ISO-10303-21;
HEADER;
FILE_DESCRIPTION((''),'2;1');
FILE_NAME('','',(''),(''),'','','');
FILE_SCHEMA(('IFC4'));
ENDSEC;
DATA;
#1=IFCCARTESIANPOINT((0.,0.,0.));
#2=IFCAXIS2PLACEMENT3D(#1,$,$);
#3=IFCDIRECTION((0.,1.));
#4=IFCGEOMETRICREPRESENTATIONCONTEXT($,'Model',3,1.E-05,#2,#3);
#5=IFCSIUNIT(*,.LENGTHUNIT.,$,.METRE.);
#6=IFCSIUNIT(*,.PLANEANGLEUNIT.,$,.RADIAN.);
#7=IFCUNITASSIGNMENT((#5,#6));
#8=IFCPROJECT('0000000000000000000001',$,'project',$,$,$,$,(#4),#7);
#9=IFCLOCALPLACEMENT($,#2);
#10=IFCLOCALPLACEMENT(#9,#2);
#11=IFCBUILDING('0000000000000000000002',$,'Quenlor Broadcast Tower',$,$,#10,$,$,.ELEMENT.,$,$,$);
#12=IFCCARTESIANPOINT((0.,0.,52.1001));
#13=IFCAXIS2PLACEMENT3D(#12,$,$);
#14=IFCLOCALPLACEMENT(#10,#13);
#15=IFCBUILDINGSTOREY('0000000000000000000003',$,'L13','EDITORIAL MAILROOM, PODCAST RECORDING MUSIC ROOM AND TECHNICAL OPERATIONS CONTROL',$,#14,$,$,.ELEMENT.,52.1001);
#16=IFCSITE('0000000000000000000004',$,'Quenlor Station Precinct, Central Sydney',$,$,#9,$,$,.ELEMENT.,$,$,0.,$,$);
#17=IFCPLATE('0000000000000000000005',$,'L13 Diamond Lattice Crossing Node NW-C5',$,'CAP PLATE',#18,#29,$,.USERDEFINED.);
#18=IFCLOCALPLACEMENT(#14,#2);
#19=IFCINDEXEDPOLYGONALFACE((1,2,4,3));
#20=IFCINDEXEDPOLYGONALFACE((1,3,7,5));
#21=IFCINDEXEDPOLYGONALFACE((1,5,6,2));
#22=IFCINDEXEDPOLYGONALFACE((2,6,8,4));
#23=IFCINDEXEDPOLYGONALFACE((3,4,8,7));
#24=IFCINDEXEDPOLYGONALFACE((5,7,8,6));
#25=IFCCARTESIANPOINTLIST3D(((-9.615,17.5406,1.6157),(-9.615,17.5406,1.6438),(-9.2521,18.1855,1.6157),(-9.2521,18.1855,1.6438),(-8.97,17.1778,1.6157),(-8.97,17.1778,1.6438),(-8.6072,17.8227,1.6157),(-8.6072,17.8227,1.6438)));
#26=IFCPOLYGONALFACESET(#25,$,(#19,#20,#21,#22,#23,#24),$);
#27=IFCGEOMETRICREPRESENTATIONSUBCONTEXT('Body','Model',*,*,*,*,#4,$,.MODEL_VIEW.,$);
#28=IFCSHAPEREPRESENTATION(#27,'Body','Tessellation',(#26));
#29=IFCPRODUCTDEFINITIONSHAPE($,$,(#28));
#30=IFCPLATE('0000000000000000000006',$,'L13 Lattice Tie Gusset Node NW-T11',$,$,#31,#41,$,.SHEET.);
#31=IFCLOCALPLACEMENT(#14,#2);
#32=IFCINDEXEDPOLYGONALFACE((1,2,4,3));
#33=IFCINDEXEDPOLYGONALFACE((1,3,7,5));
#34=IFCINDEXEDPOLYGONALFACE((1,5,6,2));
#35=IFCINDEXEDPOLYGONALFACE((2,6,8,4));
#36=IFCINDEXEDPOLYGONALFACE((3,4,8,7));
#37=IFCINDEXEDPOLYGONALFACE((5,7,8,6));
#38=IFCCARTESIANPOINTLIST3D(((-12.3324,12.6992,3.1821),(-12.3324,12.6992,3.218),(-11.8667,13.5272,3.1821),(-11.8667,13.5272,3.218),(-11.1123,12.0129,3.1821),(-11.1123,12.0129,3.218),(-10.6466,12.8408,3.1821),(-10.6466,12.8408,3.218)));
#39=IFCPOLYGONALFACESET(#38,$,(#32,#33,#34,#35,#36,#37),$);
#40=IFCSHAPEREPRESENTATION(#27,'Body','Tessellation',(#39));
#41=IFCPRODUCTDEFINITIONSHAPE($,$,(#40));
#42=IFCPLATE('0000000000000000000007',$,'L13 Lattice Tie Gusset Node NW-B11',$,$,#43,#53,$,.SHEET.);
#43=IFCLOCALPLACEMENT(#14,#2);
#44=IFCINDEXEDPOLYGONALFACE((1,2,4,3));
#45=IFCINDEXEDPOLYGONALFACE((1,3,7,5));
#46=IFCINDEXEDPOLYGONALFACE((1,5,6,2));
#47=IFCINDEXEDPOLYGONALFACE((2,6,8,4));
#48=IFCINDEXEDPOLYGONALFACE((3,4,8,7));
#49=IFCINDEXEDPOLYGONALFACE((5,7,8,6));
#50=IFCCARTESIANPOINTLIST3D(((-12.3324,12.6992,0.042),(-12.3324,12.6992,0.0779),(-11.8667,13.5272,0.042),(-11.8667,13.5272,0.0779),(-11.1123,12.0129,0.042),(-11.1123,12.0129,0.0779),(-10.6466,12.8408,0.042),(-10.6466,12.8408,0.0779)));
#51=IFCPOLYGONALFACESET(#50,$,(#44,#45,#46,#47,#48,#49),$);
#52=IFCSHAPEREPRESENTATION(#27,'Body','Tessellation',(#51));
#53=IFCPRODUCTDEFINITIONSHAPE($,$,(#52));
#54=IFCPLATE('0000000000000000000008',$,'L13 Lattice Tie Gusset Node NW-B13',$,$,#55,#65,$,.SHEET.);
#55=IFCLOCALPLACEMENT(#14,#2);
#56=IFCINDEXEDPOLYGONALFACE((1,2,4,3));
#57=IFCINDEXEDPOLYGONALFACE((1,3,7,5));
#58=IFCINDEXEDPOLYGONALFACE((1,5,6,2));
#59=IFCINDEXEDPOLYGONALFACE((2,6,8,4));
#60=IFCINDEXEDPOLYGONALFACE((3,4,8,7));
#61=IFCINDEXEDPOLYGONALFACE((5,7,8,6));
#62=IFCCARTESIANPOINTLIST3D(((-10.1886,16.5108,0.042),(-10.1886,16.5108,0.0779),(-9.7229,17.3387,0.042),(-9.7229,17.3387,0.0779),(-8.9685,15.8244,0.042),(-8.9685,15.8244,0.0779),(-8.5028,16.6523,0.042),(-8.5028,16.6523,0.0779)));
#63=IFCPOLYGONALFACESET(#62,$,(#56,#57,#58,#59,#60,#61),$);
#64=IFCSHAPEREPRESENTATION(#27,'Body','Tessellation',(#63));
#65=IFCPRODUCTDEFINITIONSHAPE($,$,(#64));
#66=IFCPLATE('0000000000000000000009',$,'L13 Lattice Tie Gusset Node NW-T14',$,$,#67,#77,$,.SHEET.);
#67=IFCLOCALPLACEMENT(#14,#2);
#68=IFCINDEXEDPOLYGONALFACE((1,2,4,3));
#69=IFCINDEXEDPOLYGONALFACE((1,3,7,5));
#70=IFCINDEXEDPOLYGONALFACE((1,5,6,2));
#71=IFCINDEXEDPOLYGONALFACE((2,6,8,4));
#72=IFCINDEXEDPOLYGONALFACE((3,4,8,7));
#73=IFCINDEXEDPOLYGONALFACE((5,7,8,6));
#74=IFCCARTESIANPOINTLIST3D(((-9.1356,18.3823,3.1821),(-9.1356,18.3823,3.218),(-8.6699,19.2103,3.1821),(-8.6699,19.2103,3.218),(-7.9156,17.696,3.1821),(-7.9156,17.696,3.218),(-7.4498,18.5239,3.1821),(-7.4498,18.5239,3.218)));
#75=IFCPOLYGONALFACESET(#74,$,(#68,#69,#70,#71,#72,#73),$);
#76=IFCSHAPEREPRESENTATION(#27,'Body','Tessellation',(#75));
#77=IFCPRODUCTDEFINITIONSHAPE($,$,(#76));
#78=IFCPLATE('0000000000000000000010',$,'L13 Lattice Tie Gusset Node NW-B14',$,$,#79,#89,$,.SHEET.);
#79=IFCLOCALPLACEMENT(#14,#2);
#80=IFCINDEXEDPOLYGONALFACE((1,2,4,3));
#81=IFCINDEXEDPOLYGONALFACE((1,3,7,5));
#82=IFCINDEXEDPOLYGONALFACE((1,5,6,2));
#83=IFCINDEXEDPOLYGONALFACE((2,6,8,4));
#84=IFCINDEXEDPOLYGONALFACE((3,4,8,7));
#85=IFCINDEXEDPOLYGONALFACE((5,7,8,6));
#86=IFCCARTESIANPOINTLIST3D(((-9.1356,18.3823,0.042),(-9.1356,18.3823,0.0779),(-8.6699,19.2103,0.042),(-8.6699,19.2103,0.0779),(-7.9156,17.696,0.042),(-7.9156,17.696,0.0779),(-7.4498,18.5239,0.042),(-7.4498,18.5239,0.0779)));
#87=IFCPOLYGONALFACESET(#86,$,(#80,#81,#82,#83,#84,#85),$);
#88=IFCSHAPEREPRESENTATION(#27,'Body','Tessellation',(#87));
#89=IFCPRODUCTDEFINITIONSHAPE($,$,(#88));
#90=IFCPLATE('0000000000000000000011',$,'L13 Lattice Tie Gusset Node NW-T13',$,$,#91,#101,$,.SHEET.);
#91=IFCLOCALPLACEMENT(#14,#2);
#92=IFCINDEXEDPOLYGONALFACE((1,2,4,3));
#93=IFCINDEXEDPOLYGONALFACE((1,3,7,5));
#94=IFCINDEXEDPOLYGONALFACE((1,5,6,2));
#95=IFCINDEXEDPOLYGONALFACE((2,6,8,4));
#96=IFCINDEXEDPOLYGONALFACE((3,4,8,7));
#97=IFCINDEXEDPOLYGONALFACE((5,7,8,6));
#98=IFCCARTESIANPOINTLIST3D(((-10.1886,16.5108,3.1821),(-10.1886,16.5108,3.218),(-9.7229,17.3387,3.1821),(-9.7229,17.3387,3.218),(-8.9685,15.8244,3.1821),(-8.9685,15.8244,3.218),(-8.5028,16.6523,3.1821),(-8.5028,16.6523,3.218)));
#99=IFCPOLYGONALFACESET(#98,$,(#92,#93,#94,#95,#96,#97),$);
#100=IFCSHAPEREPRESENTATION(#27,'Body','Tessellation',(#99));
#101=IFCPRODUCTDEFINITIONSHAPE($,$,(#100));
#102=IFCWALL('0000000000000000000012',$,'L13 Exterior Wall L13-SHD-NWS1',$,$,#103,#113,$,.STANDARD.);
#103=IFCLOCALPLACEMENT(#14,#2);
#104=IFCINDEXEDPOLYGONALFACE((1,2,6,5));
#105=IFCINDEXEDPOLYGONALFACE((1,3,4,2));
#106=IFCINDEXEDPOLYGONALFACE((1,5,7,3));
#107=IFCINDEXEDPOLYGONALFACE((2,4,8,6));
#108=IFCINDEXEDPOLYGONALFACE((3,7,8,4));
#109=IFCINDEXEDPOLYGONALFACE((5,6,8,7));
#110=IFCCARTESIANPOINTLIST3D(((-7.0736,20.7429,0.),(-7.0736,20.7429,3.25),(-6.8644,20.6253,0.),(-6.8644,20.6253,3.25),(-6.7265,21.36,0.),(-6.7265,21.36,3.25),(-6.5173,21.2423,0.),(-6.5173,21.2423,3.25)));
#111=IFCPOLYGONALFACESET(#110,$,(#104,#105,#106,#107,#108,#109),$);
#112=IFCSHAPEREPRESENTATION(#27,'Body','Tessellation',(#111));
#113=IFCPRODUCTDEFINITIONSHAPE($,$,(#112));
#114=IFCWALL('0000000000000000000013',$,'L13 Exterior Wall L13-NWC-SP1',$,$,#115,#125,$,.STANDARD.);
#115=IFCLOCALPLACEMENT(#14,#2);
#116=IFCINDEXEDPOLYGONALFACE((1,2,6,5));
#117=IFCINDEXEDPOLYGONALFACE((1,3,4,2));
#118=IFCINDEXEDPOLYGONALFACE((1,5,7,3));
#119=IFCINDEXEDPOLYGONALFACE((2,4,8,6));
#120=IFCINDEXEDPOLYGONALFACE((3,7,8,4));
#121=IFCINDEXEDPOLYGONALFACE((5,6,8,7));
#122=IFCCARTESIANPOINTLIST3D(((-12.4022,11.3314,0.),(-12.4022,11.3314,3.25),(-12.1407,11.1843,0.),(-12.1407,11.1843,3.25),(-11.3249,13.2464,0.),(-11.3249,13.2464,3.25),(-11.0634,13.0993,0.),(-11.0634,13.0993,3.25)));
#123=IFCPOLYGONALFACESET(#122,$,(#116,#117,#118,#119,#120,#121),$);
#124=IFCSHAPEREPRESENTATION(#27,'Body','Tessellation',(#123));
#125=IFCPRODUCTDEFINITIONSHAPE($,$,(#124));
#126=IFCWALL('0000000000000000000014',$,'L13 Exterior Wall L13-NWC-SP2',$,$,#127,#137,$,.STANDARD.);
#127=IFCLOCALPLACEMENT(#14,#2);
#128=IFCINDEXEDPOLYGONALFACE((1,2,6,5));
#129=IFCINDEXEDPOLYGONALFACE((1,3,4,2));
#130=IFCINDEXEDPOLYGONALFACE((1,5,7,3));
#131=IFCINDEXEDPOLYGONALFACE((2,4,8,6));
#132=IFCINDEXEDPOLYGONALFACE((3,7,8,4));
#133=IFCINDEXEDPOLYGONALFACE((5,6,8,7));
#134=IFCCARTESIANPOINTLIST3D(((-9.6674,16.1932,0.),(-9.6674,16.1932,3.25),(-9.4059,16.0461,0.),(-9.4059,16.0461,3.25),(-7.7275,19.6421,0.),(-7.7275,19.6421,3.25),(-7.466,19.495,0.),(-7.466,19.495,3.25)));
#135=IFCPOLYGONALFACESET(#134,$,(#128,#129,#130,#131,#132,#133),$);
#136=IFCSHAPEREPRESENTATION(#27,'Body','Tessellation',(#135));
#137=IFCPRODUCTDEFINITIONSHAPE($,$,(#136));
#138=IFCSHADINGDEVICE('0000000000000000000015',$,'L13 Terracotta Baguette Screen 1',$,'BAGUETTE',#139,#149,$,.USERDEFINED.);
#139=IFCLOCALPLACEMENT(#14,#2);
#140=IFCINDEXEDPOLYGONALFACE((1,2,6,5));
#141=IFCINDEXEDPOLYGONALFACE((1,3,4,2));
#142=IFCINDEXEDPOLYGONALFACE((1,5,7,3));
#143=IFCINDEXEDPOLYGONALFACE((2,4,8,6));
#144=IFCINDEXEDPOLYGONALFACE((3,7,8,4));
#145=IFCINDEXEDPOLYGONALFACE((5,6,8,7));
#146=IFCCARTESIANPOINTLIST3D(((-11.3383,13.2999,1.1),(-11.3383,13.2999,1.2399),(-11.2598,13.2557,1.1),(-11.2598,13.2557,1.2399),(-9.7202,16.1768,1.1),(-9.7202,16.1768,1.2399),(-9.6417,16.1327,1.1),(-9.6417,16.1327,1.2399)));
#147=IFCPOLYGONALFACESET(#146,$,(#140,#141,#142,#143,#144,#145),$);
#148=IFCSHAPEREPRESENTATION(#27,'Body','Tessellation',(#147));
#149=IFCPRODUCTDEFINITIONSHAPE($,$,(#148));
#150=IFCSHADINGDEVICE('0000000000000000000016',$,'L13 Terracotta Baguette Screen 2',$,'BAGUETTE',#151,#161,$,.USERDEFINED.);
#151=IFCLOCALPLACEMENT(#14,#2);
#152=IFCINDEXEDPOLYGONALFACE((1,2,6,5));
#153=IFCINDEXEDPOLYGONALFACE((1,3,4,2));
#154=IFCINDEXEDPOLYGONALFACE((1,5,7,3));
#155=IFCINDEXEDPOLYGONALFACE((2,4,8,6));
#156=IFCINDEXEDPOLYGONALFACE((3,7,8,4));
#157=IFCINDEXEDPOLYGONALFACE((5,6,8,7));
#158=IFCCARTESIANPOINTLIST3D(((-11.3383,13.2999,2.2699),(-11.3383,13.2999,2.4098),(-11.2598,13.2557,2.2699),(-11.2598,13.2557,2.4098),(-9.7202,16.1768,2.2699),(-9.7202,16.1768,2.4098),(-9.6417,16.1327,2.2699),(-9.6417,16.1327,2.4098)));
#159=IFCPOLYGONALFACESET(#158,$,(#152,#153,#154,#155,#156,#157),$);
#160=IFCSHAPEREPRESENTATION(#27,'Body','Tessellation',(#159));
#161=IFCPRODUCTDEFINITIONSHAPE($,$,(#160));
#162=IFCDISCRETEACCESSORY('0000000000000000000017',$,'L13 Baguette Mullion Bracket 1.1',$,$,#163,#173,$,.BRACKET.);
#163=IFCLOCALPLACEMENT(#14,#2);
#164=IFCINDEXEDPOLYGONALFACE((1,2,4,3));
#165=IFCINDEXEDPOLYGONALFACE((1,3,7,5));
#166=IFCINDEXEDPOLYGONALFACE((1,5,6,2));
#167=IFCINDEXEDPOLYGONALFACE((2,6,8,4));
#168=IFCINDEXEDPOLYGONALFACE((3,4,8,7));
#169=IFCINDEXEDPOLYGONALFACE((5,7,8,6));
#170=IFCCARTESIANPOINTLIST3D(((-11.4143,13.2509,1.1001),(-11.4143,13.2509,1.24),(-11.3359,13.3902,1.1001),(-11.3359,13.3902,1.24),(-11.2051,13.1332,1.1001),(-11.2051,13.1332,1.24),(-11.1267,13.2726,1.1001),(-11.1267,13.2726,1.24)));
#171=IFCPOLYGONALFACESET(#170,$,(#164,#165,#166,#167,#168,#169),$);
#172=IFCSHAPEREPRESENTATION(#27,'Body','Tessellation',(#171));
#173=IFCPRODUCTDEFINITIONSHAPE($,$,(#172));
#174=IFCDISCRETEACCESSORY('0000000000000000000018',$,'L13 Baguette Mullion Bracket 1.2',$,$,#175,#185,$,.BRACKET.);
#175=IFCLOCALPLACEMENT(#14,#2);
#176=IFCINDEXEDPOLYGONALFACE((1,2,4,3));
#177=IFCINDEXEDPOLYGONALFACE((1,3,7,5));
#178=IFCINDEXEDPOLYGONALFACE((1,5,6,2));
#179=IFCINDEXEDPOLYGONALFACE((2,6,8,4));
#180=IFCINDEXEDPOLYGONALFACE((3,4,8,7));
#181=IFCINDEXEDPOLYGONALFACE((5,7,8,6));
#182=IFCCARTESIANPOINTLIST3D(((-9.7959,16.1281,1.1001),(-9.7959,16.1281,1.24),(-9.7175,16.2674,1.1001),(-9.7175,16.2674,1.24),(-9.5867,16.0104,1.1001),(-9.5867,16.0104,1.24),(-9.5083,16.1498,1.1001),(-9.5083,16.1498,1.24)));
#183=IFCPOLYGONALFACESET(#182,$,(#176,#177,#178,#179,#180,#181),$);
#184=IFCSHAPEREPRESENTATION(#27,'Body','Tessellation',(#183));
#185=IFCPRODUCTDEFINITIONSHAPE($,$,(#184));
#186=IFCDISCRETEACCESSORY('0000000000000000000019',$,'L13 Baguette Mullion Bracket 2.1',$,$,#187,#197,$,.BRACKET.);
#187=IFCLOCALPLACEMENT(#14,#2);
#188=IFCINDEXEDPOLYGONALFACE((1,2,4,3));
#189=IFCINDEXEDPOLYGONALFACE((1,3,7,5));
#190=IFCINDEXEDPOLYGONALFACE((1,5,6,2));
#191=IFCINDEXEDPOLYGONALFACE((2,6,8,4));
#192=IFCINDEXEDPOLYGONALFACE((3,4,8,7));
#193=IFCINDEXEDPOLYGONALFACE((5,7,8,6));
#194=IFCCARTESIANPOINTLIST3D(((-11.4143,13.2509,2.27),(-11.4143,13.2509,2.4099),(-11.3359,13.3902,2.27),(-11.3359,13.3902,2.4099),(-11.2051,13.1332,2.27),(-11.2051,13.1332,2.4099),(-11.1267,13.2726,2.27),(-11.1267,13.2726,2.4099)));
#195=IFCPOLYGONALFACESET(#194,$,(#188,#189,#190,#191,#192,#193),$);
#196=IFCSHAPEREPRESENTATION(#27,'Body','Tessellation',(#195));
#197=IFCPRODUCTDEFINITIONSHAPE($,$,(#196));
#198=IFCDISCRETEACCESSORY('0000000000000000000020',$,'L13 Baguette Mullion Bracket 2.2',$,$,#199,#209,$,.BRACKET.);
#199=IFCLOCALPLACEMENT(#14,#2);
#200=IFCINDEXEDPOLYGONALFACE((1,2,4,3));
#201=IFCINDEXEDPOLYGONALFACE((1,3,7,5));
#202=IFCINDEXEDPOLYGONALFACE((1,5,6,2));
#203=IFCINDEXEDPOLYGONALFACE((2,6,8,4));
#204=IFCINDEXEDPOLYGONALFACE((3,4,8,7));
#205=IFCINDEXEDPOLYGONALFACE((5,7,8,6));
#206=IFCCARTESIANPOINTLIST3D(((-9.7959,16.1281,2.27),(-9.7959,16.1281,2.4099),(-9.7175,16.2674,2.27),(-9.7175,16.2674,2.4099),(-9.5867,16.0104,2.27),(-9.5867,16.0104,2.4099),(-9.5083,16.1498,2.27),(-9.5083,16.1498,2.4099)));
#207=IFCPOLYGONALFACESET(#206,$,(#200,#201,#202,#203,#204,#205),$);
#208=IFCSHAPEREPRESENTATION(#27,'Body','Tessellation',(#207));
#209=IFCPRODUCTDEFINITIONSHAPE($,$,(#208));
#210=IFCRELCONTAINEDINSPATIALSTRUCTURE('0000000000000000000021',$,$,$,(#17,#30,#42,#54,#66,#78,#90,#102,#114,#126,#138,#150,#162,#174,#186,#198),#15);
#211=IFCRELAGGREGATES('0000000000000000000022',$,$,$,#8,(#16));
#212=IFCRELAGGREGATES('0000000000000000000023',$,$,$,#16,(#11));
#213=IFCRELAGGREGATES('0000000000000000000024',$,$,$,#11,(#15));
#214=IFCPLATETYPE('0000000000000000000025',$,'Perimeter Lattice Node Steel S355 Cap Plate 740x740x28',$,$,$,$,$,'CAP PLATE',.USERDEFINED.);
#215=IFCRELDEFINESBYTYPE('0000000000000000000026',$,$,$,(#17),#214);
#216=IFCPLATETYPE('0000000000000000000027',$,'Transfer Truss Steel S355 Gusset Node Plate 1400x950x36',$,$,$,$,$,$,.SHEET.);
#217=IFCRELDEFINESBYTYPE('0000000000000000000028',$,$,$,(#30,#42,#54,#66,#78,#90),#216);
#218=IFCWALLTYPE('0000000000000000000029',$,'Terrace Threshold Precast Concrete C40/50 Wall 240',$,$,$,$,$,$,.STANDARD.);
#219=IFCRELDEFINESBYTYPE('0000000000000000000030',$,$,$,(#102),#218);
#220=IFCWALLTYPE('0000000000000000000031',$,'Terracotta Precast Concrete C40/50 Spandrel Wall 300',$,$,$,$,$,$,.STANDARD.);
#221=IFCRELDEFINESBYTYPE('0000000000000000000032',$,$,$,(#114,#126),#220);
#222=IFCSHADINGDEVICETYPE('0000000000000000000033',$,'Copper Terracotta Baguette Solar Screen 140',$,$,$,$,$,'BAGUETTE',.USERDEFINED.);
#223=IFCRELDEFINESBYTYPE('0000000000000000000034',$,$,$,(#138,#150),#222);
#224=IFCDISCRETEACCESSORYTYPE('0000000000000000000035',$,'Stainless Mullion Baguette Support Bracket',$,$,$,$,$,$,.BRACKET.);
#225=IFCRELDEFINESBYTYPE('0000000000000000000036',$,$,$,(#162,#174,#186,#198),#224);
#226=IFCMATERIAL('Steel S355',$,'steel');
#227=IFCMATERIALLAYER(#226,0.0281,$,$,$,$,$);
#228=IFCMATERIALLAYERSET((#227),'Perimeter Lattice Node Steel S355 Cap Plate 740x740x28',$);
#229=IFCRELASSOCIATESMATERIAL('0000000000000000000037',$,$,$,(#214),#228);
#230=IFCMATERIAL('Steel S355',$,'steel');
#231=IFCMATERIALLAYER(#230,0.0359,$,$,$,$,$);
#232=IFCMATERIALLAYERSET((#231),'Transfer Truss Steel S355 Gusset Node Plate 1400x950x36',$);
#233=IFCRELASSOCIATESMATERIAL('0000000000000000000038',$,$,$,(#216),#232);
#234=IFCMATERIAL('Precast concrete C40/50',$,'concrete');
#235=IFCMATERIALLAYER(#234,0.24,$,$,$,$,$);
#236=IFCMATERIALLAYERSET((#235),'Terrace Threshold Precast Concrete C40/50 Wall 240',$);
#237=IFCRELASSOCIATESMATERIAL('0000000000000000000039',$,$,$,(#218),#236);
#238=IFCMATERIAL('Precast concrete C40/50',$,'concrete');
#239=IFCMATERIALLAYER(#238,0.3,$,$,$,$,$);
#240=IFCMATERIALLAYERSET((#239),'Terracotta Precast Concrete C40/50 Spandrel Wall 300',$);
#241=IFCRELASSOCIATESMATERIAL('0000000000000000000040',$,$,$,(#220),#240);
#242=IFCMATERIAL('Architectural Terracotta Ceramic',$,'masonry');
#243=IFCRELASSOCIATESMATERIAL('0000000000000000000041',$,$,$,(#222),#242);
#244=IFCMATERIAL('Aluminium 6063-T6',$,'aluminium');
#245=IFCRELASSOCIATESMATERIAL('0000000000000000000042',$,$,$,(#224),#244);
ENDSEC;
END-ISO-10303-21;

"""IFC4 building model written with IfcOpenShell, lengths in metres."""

from ifc_helpers import new_model, si_unit, direction, frame, frame_2d, origin, origin_2d, place, context, subcontext, project, spatial, rectangle, extrude, material, layer, layer_set, material_profile, profile_set, type_object, element, save


model = new_model("IFC4")

# Units and contexts
model_context = context("Model", 3, precision=1e-05, world=origin(), true_north=direction((0.0, 1.0)))
body_context = subcontext(model_context, "Body", "Model", "MODEL_VIEW")
ifc_project = project(units=[si_unit("LENGTHUNIT", "METRE"), si_unit("PLANEANGLEUNIT", "RADIAN")], contexts=[model_context])

# Site, building, storey
site_placement = place(None, origin())
site = spatial("IfcSite", under=ifc_project, at=site_placement, Name="Quenlor Station Precinct, Central Sydney", CompositionType="ELEMENT", RefElevation=0.0)
building_placement = place(site_placement, origin())
building = spatial("IfcBuilding", under=site, at=building_placement, Name="Quenlor Broadcast Tower", CompositionType="ELEMENT")
storey_placement = place(building_placement, frame((0.0, 0.0, 52.1001)))
storey = spatial("IfcBuildingStorey", under=building, at=storey_placement, Name="L13", Description="EDITORIAL MAILROOM, PODCAST RECORDING MUSIC ROOM AND TECHNICAL OPERATIONS CONTROL", CompositionType="ELEMENT", Elevation=52.1001)

# Plates
ifc_material_1 = material(Name="Steel S355", Category="steel")
ifc_layer_1 = layer(ifc_material_1, 0.0281)
ifc_layer_set_1 = layer_set([ifc_layer_1], Name="Perimeter Lattice Node Steel S355 Cap Plate 740x740x28")
plate_type_1 = type_object("IfcPlateType", Name="Perimeter Lattice Node Steel S355 Cap Plate 740x740x28", ElementType="CAP PLATE", PredefinedType="USERDEFINED", material=ifc_layer_set_1)
for number, where, z_axis, x_axis, name in (
    (1, (-9.1111, 17.6816, 1.6157), (0.0, 0.0, 1.0), (0.490295, 0.871556, 0.0), "L13 Diamond Lattice Crossing Node NW-C5"),
):
    element("IfcPlate", number, at=place(storey_placement, frame(where, z_axis=z_axis, x_axis=x_axis)), inside=storey, type_object=plate_type_1, Name=name, ObjectType="CAP PLATE", PredefinedType="USERDEFINED", context=body_context, shape_type="SweptSolid", body=[
        extrude(rectangle(XDim=0.74, YDim=0.74, at=origin_2d()), origin(), (0.0, 0.0, 1.0), 0.0281),
    ])
ifc_material_2 = material(Name="Steel S355", Category="steel")
ifc_layer_2 = layer(ifc_material_2, 0.0359)
ifc_layer_set_2 = layer_set([ifc_layer_2], Name="Transfer Truss Steel S355 Gusset Node Plate 1400x950x36")
plate_type_2 = type_object("IfcPlateType", Name="Transfer Truss Steel S355 Gusset Node Plate 1400x950x36", PredefinedType="SHEET", material=ifc_layer_set_2)
for number, where, z_axis, x_axis, name in (
    (2, (-11.4895, 12.77, 3.1821), (0.0, 0.0, 1.0), (-0.871556, 0.490295, 0.0), "L13 Lattice Tie Gusset Node NW-T11"),
    (3, (-11.4895, 12.77, 0.042), (0.0, 0.0, 1.0), (-0.871556, 0.490295, 0.0), "L13 Lattice Tie Gusset Node NW-B11"),
    (4, (-9.3457, 16.5815, 0.042), (0.0, 0.0, 1.0), (-0.871556, 0.490295, 0.0), "L13 Lattice Tie Gusset Node NW-B13"),
    (5, (-8.2927, 18.4531, 3.1821), (0.0, 0.0, 1.0), (-0.871556, 0.490295, 0.0), "L13 Lattice Tie Gusset Node NW-T14"),
    (6, (-8.2927, 18.4531, 0.042), (0.0, 0.0, 1.0), (-0.871556, 0.490295, 0.0), "L13 Lattice Tie Gusset Node NW-B14"),
    (7, (-9.3457, 16.5815, 3.1821), (0.0, 0.0, 1.0), (-0.871556, 0.490295, 0.0), "L13 Lattice Tie Gusset Node NW-T13"),
):
    element("IfcPlate", number, at=place(storey_placement, frame(where, z_axis=z_axis, x_axis=x_axis)), inside=storey, type_object=plate_type_2, Name=name, PredefinedType="SHEET", context=body_context, shape_type="SweptSolid", body=[
        extrude(rectangle(XDim=1.3999, YDim=0.95, at=origin_2d()), origin(), (0.0, 0.0, 1.0), 0.0359),
    ])

# Walls
ifc_material_3 = material(Name="Precast concrete C40/50", Category="concrete")
ifc_layer_3 = layer(ifc_material_3, 0.24)
ifc_layer_set_3 = layer_set([ifc_layer_3], Name="Terrace Threshold Precast Concrete C40/50 Wall 240")
wall_type_1 = type_object("IfcWallType", Name="Terrace Threshold Precast Concrete C40/50 Wall 240", PredefinedType="STANDARD", material=ifc_layer_set_3)
wall_1_placement = place(storey_placement, frame((-6.969, 20.6841, 0.0), z_axis=(0.0, 0.0, 1.0), x_axis=(0.490261, 0.871576, 0.0)))
element("IfcWall", 8, at=wall_1_placement, inside=storey, type_object=wall_type_1, Name="L13 Exterior Wall L13-SHD-NWS1", PredefinedType="STANDARD", context=body_context, shape_type="SweptSolid", body=[
    extrude(rectangle(XDim=0.708, YDim=0.24, at=frame_2d((0.354, 0.0))), origin(), (0.0, 0.0, 1.0), 3.25),
])
ifc_material_4 = material(Name="Precast concrete C40/50", Category="concrete")
ifc_layer_4 = layer(ifc_material_4, 0.3)
ifc_layer_set_4 = layer_set([ifc_layer_4], Name="Terracotta Precast Concrete C40/50 Spandrel Wall 300")
wall_type_2 = type_object("IfcWallType", Name="Terracotta Precast Concrete C40/50 Spandrel Wall 300", PredefinedType="STANDARD", material=ifc_layer_set_4)
wall_2_placement = place(storey_placement, frame((-12.2715, 11.2578, 0.0), z_axis=(0.0, 0.0, 1.0), x_axis=(0.490325, 0.87154, 0.0)))
element("IfcWall", 9, at=wall_2_placement, inside=storey, type_object=wall_type_2, Name="L13 Exterior Wall L13-NWC-SP1", PredefinedType="STANDARD", context=body_context, shape_type="SweptSolid", body=[
    extrude(rectangle(XDim=2.1973, YDim=0.3, at=frame_2d((1.0986, 0.0))), origin(), (0.0, 0.0, 1.0), 3.25),
])
wall_3_placement = place(storey_placement, frame((-9.5366, 16.1196, 0.0), z_axis=(0.0, 0.0, 1.0), x_axis=(0.490241, 0.871587, 0.0)))
element("IfcWall", 10, at=wall_3_placement, inside=storey, type_object=wall_type_2, Name="L13 Exterior Wall L13-NWC-SP2", PredefinedType="STANDARD", context=body_context, shape_type="SweptSolid", body=[
    extrude(rectangle(XDim=3.957, YDim=0.3, at=frame_2d((1.9785, 0.0))), origin(), (0.0, 0.0, 1.0), 3.25),
])

# Shading devices
ifc_material_5 = material(Name="Architectural Terracotta Ceramic", Category="masonry")
ifc_material_profile_1 = material_profile(ifc_material_5, rectangle(XDim=0.0901, YDim=0.1399, at=origin_2d()))
ifc_profile_set_1 = profile_set([ifc_material_profile_1], Name="Architectural Terracotta Ceramic BAG90x140")
shading_device_type = type_object("IfcShadingDeviceType", Name="Copper Terracotta Baguette Solar Screen 140", ElementType="BAGUETTE", PredefinedType="USERDEFINED", material=ifc_profile_set_1)
for number, where, z_axis, x_axis, name in (
    (11, (-11.2991, 13.2778, 1.1699), (0.490233, 0.871591, 0.0), (-0.871591, 0.490233, 0.0), "L13 Terracotta Baguette Screen 1"),
    (12, (-11.2991, 13.2778, 2.3398), (0.490233, 0.871591, 0.0), (-0.871591, 0.490233, 0.0), "L13 Terracotta Baguette Screen 2"),
):
    element("IfcShadingDevice", number, at=place(storey_placement, frame(where, z_axis=z_axis, x_axis=x_axis)), inside=storey, type_object=shading_device_type, Name=name, ObjectType="BAGUETTE", PredefinedType="USERDEFINED", context=body_context, shape_type="SweptSolid", body=[
        extrude(rectangle(XDim=0.0901, YDim=0.1399, at=origin_2d()), origin(), (0.0, 0.0, 1.0), 3.3008),
    ])

# Discrete accessories
ifc_material_6 = material(Name="Aluminium 6063-T6", Category="aluminium")
discrete_accessory_type = type_object("IfcDiscreteAccessoryType", Name="Stainless Mullion Baguette Support Bracket", PredefinedType="BRACKET", material=ifc_material_6)
for number, where, z_axis, x_axis, name in (
    (13, (-11.2705, 13.2617, 1.1001), (0.0, 0.0, 1.0), (0.490244, 0.871585, 0.0), "L13 Baguette Mullion Bracket 1.1"),
    (14, (-9.6521, 16.1389, 1.1001), (0.0, 0.0, 1.0), (0.490244, 0.871585, 0.0), "L13 Baguette Mullion Bracket 1.2"),
    (15, (-11.2705, 13.2617, 2.27), (0.0, 0.0, 1.0), (0.490244, 0.871585, 0.0), "L13 Baguette Mullion Bracket 2.1"),
    (16, (-9.6521, 16.1389, 2.27), (0.0, 0.0, 1.0), (0.490244, 0.871585, 0.0), "L13 Baguette Mullion Bracket 2.2"),
):
    element("IfcDiscreteAccessory", number, at=place(storey_placement, frame(where, z_axis=z_axis, x_axis=x_axis)), inside=storey, type_object=discrete_accessory_type, Name=name, PredefinedType="BRACKET", context=body_context, shape_type="SweptSolid", body=[
        extrude(rectangle(XDim=0.1599, YDim=0.24, at=origin_2d()), origin(), (0.0, 0.0, 1.0), 0.1399),
    ])

save(model, "model.ifc")
